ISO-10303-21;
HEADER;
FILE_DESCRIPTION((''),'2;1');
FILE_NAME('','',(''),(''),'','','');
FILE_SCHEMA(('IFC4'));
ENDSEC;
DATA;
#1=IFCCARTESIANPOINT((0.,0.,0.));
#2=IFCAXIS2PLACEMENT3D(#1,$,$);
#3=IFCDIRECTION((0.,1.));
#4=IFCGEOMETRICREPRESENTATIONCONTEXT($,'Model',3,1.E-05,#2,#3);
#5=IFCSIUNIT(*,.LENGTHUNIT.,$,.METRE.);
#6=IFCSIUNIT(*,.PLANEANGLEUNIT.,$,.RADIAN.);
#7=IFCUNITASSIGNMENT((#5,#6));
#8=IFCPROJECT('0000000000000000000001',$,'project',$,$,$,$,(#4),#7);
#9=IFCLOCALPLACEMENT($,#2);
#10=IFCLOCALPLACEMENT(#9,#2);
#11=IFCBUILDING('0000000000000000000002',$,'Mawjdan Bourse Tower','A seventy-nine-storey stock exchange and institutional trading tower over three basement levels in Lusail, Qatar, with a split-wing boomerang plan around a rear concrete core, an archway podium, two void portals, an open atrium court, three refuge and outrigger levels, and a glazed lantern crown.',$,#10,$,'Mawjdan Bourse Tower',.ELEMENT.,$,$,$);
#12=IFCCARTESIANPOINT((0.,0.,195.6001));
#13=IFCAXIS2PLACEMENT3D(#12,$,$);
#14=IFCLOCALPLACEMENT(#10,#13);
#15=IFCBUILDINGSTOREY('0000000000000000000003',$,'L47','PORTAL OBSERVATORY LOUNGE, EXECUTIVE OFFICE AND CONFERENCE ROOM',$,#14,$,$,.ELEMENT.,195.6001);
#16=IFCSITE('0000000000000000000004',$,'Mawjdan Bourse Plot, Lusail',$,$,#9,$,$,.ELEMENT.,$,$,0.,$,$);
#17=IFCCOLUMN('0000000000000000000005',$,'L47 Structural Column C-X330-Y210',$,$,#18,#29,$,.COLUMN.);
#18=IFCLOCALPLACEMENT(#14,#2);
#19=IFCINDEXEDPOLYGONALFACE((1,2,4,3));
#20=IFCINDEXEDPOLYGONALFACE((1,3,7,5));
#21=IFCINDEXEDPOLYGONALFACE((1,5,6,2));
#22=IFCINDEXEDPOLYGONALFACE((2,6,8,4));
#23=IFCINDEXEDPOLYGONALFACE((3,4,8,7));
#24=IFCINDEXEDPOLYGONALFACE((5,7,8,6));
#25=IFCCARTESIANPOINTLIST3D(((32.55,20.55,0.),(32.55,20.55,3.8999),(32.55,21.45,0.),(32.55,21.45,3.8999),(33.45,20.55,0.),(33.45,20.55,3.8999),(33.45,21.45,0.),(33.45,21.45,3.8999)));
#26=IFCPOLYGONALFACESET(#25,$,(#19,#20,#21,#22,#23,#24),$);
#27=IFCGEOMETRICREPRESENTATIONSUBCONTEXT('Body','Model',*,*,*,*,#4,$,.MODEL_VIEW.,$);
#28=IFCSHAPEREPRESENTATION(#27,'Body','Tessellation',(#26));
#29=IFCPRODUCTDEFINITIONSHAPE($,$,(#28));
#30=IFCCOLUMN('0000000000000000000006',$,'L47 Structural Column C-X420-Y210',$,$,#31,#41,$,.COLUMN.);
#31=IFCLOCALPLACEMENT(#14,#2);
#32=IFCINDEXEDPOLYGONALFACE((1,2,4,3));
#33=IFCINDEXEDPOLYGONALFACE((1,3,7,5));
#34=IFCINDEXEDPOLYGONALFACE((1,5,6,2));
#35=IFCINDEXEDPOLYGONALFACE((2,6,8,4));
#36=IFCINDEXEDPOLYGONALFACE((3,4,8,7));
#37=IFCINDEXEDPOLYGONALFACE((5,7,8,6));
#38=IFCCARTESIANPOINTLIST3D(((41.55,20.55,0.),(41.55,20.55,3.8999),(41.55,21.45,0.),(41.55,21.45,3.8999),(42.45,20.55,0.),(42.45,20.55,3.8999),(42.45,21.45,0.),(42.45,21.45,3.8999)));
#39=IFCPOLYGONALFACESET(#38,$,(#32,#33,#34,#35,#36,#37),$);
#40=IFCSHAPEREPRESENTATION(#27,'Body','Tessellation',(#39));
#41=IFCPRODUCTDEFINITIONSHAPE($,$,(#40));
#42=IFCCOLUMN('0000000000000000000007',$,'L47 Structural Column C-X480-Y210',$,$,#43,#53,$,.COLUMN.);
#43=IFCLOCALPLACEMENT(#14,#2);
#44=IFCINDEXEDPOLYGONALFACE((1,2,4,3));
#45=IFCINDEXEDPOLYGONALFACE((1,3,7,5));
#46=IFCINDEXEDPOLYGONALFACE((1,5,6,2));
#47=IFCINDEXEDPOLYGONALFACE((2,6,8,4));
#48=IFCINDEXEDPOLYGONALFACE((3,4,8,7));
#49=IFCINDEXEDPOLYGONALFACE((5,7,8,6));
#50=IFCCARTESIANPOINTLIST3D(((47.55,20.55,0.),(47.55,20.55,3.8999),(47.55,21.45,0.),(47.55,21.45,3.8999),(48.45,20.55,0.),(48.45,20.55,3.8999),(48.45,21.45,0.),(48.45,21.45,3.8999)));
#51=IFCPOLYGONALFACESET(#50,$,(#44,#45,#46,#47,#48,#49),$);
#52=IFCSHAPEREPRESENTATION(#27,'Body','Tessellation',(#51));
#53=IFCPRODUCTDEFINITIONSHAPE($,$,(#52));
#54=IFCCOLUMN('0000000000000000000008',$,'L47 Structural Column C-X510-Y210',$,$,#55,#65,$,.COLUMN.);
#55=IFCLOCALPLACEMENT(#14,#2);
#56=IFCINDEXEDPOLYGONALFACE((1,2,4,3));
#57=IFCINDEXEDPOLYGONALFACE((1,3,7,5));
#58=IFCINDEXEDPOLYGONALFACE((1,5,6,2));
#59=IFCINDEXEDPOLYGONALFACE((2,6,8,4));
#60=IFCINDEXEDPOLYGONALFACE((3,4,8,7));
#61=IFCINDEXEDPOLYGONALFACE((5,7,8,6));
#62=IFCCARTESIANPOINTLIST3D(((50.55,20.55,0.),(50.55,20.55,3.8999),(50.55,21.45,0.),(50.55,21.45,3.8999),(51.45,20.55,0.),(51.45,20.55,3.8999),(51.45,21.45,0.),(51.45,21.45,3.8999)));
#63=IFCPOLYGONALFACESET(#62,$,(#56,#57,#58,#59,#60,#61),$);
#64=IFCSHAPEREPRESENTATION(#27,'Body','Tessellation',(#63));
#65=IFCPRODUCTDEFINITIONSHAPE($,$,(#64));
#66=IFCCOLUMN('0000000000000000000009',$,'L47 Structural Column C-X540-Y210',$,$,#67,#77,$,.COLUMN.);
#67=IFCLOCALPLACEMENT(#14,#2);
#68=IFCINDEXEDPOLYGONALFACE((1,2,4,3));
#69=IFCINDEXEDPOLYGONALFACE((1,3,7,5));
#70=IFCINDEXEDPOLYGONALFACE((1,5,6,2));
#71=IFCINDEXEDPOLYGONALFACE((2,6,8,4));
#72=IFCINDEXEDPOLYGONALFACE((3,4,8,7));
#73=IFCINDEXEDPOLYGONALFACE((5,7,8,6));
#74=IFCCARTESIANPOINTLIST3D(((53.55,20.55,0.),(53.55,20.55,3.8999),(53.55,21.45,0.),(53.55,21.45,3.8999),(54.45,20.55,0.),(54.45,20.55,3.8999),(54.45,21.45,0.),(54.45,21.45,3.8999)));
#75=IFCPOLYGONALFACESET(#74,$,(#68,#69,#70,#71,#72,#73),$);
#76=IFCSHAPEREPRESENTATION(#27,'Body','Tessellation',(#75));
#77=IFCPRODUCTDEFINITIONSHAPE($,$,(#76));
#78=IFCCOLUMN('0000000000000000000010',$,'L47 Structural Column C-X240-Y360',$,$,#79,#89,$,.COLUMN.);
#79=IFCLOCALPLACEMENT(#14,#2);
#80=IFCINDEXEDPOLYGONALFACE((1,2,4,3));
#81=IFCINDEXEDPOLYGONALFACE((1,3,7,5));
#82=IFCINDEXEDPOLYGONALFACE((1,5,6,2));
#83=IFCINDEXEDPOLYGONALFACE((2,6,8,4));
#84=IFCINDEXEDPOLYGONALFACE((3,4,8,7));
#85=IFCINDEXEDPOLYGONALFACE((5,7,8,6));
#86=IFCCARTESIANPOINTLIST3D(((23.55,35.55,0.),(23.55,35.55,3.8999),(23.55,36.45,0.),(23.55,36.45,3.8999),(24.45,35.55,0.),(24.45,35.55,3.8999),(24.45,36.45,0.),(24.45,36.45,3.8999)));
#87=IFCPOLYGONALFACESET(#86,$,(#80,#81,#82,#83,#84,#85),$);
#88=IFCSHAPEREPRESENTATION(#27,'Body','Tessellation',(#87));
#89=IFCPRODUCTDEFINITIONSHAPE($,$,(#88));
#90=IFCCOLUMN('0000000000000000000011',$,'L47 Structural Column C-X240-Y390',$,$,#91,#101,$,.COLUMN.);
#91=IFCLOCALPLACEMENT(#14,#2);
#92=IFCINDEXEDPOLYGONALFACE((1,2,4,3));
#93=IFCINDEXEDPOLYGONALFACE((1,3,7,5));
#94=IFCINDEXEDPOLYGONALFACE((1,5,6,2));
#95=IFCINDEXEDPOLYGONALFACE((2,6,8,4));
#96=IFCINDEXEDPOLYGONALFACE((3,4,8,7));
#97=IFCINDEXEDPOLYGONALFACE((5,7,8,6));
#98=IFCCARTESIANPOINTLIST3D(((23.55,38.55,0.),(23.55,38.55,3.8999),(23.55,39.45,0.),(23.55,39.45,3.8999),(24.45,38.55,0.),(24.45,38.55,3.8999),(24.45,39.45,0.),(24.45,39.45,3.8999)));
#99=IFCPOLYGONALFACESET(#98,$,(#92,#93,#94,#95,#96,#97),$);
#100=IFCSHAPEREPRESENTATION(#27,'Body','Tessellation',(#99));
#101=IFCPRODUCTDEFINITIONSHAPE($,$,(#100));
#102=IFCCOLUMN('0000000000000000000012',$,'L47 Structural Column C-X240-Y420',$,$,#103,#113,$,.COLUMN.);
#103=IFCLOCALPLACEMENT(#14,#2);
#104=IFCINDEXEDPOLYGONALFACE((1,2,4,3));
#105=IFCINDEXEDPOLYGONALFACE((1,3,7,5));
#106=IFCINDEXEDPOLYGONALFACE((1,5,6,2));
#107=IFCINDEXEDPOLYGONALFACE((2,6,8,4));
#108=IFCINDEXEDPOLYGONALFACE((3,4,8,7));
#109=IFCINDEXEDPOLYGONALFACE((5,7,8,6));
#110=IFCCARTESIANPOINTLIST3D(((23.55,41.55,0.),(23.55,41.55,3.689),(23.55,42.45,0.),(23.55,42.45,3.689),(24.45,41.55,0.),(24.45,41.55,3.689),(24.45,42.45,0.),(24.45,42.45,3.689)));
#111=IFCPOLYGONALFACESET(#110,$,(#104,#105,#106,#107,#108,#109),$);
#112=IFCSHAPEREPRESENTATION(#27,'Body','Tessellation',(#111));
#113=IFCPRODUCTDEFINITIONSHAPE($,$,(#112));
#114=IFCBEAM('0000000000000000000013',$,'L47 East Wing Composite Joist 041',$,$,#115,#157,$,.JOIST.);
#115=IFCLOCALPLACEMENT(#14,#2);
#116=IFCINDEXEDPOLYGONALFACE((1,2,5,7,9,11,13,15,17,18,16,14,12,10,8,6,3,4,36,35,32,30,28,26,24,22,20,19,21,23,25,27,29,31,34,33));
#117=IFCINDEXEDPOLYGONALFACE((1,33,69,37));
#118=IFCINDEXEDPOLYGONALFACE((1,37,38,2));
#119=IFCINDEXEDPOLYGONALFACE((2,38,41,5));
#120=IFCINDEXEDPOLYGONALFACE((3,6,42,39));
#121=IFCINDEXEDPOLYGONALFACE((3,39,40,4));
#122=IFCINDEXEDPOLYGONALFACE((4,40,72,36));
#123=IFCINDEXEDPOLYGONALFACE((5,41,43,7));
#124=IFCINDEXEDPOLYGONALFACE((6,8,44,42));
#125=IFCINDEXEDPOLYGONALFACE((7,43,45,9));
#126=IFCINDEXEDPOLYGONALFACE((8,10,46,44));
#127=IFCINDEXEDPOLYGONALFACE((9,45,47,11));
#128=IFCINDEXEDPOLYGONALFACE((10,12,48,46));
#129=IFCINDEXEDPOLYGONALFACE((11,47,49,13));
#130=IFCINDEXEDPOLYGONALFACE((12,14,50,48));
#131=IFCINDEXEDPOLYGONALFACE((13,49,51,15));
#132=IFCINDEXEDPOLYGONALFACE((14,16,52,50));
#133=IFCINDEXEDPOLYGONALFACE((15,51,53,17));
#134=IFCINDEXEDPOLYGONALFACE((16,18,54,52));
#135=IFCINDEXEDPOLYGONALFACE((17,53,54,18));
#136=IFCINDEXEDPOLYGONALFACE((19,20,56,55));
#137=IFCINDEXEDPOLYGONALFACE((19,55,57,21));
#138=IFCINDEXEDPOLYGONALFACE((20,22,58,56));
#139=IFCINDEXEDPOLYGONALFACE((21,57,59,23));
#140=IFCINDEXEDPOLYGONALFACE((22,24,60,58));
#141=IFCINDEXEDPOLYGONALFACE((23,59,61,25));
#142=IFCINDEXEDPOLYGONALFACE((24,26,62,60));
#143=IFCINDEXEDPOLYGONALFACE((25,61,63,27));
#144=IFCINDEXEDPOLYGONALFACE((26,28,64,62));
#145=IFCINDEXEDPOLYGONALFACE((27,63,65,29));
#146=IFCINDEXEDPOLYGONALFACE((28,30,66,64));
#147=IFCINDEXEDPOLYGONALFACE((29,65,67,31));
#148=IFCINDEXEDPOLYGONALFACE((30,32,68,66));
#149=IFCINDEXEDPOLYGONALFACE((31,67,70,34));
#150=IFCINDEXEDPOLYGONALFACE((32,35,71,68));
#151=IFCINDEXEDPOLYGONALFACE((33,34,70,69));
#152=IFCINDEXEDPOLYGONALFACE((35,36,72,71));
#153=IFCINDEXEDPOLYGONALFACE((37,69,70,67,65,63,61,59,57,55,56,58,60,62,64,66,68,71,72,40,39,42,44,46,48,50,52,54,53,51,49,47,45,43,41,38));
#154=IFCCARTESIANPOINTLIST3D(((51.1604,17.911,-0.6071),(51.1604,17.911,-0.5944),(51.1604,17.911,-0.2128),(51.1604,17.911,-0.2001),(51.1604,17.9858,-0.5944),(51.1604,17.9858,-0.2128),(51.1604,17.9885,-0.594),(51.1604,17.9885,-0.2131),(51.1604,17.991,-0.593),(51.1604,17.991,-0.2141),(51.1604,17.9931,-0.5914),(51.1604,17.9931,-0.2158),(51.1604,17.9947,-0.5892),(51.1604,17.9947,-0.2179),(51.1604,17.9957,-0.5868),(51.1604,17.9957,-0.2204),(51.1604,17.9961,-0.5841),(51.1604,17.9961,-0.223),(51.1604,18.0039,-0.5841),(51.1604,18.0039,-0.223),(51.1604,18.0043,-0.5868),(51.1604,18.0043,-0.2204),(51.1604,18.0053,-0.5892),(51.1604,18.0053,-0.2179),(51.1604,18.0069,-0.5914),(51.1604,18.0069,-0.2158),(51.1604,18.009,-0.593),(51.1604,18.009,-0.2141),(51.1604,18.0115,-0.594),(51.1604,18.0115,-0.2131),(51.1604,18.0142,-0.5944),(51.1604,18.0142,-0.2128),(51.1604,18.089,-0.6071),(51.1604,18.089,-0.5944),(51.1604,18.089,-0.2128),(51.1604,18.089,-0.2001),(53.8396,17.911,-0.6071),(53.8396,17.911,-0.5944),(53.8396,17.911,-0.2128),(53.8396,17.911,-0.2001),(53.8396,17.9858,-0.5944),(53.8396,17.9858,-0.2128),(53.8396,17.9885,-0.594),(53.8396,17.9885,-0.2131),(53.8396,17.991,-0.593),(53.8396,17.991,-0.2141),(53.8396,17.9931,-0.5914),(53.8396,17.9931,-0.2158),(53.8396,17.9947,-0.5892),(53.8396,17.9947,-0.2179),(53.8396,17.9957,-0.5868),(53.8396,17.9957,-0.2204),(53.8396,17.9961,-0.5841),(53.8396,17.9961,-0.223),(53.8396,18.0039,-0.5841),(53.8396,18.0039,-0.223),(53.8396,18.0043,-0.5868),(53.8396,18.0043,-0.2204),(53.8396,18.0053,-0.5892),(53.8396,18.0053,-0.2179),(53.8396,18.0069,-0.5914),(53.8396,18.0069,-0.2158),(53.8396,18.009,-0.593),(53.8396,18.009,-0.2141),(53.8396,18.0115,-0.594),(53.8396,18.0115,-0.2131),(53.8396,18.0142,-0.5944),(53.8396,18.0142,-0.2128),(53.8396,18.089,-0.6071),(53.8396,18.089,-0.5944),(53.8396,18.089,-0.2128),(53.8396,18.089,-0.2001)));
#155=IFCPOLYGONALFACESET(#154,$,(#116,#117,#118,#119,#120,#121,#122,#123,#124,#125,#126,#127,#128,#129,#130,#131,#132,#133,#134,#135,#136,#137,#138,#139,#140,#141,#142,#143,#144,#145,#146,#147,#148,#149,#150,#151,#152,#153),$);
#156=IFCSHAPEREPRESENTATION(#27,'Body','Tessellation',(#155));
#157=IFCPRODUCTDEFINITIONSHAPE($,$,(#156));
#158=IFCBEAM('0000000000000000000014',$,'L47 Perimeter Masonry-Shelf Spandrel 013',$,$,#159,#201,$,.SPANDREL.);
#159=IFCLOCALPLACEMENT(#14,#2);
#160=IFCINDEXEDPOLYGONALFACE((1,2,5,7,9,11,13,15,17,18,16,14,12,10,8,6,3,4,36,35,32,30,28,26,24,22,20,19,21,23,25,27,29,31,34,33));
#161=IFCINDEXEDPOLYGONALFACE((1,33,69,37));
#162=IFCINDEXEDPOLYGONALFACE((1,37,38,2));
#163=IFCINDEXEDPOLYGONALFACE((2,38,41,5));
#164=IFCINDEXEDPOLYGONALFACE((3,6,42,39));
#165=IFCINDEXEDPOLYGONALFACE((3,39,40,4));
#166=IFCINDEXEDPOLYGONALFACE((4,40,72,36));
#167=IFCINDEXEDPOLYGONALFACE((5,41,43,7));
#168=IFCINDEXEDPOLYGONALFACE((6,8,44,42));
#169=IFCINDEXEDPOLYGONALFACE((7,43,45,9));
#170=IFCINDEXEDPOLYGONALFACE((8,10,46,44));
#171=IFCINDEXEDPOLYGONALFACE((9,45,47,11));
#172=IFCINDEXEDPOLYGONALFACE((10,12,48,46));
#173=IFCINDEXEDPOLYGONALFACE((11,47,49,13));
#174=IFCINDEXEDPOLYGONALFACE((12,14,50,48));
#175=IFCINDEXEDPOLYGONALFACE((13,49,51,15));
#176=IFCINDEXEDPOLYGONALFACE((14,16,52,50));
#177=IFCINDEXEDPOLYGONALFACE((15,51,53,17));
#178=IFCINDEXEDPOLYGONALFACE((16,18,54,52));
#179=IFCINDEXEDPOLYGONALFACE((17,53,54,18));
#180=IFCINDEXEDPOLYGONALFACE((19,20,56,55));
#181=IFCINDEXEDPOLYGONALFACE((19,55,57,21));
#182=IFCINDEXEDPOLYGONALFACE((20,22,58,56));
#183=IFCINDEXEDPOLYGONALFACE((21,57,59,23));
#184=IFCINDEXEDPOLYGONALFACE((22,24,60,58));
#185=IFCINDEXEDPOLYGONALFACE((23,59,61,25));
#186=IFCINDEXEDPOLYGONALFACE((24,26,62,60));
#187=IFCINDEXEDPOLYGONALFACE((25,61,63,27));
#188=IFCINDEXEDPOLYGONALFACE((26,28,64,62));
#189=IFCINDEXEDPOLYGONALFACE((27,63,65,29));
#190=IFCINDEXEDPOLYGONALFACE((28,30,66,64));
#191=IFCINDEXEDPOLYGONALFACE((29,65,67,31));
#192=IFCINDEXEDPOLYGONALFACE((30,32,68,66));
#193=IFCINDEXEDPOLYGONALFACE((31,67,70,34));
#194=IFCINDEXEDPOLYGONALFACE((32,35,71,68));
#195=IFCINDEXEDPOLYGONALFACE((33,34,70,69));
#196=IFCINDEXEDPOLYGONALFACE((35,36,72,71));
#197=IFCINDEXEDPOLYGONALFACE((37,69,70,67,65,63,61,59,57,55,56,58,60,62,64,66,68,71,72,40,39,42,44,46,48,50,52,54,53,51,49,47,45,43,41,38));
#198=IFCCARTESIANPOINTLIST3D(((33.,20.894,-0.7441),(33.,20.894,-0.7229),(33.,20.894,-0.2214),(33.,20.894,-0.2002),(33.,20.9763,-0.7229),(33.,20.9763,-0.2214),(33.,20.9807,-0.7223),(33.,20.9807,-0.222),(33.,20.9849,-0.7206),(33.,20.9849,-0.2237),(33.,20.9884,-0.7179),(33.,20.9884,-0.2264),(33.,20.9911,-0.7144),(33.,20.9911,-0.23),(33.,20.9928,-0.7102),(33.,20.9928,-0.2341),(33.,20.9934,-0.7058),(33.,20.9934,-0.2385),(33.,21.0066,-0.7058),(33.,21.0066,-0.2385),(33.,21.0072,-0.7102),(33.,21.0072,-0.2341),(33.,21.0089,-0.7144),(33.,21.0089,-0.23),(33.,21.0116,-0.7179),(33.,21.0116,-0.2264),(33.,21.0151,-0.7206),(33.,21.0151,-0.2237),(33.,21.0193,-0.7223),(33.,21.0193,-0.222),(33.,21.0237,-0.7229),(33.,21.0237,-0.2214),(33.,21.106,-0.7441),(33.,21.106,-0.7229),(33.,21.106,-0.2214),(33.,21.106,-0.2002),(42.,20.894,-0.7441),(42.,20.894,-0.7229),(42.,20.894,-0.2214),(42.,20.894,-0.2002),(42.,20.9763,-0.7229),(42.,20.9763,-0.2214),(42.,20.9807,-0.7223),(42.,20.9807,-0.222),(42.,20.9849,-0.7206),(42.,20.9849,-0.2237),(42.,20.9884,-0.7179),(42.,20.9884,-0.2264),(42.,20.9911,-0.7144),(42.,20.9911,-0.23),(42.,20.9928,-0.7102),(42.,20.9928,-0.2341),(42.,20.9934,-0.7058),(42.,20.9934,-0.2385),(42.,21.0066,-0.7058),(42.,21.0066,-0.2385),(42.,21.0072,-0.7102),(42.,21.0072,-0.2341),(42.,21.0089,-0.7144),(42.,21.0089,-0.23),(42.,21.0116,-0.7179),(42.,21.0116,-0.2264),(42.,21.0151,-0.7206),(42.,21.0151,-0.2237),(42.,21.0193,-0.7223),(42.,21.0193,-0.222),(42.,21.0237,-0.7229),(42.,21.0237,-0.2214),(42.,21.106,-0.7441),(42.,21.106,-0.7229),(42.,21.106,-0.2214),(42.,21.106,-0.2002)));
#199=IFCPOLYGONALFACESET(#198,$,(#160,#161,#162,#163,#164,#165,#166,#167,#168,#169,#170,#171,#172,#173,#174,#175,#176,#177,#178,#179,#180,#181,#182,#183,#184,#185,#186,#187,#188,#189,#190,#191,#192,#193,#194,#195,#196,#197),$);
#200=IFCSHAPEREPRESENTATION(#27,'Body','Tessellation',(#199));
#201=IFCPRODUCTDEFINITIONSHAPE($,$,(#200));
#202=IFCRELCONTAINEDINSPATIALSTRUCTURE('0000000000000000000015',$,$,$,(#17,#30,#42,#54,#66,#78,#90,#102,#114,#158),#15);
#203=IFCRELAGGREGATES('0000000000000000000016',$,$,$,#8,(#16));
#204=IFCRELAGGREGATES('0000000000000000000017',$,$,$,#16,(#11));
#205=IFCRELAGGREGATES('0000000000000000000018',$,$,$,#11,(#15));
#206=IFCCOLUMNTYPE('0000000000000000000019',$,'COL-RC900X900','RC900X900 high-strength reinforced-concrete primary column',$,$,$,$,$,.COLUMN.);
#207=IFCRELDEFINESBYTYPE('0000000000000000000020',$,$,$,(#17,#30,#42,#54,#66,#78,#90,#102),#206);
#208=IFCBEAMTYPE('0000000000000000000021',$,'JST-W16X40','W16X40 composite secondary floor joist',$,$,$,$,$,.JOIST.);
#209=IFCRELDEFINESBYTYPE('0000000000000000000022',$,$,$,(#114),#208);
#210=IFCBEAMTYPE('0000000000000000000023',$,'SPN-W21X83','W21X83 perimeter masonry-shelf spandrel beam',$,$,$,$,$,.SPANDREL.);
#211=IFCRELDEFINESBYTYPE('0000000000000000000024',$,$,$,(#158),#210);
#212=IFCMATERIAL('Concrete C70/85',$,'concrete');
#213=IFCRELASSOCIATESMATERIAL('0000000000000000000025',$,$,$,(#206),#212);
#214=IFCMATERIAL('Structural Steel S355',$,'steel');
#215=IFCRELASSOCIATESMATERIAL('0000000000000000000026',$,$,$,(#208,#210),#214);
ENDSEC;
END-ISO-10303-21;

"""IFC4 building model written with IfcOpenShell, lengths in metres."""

from ifc_helpers import new_model, si_unit, direction, frame, origin, origin_2d, place, context, subcontext, project, spatial, rectangle, i_section, extrude, material, material_profile, profile_set, type_object, element, save


model = new_model("IFC4")

# Units and contexts
model_context = context("Model", 3, precision=1e-05, world=origin(), true_north=direction((0.0, 1.0)))
body_context = subcontext(model_context, "Body", "Model", "MODEL_VIEW")
ifc_project = project(units=[si_unit("LENGTHUNIT", "METRE"), si_unit("PLANEANGLEUNIT", "RADIAN")], contexts=[model_context])

# Site, building, storey
site_placement = place(None, origin())
site = spatial("IfcSite", under=ifc_project, at=site_placement, Name="Mawjdan Bourse Plot, Lusail", CompositionType="ELEMENT", RefElevation=0.0)
building_placement = place(site_placement, origin())
building = spatial("IfcBuilding", under=site, at=building_placement, Name="Mawjdan Bourse Tower", Description="A seventy-nine-storey stock exchange and institutional trading tower over three basement levels in Lusail, Qatar, with a split-wing boomerang plan around a rear concrete core, an archway podium, two void portals, an open atrium court, three refuge and outrigger levels, and a glazed lantern crown.", LongName="Mawjdan Bourse Tower", CompositionType="ELEMENT")
storey_placement = place(building_placement, frame((0.0, 0.0, 195.6001)))
storey = spatial("IfcBuildingStorey", under=building, at=storey_placement, Name="L47", Description="PORTAL OBSERVATORY LOUNGE, EXECUTIVE OFFICE AND CONFERENCE ROOM", CompositionType="ELEMENT", Elevation=195.6001)

# Columns
ifc_material_1 = material(Name="Concrete C70/85", Category="concrete")
ifc_material_profile_1 = material_profile(ifc_material_1, rectangle(XDim=0.8999, YDim=0.8999, at=origin_2d()), Name="RC900X900")
ifc_profile_set_1 = profile_set([ifc_material_profile_1], Name="Concrete C70/85")
column_type = type_object("IfcColumnType", Name="COL-RC900X900", Description="RC900X900 high-strength reinforced-concrete primary column", PredefinedType="COLUMN", material=ifc_profile_set_1)
for number, where, z_axis, x_axis, name in (
    (1, (33.0, 21.0, 0.0), (0.0, 0.0, 1.0), (1.0, 0.0, 0.0), "L47 Structural Column C-X330-Y210"),
    (2, (42.0, 21.0, 0.0), (0.0, 0.0, 1.0), (1.0, 0.0, 0.0), "L47 Structural Column C-X420-Y210"),
    (3, (48.0, 21.0, 0.0), (0.0, 0.0, 1.0), (1.0, 0.0, 0.0), "L47 Structural Column C-X480-Y210"),
    (4, (51.0, 21.0, 0.0), (0.0, 0.0, 1.0), (1.0, 0.0, 0.0), "L47 Structural Column C-X510-Y210"),
    (5, (54.0, 21.0, 0.0), (0.0, 0.0, 1.0), (1.0, 0.0, 0.0), "L47 Structural Column C-X540-Y210"),
    (6, (24.0, 36.0, 0.0), (0.0, 0.0, 1.0), (1.0, 0.0, 0.0), "L47 Structural Column C-X240-Y360"),
    (7, (24.0, 39.0, 0.0), (0.0, 0.0, 1.0), (1.0, 0.0, 0.0), "L47 Structural Column C-X240-Y390"),
):
    element("IfcColumn", number, at=place(storey_placement, frame(where, z_axis=z_axis, x_axis=x_axis)), inside=storey, type_object=column_type, Name=name, PredefinedType="COLUMN", context=body_context, shape_type="SweptSolid", body=[
        extrude(rectangle(XDim=0.8999, YDim=0.8999, at=origin_2d()), origin(), (0.0, 0.0, 1.0), 3.8999),
    ])
column_placement = place(storey_placement, frame((24.0, 42.0, 0.0), z_axis=(0.0, 0.0, 1.0), x_axis=(1.0, 0.0, 0.0)))
element("IfcColumn", 8, at=column_placement, inside=storey, type_object=column_type, Name="L47 Structural Column C-X240-Y420", PredefinedType="COLUMN", context=body_context, shape_type="SweptSolid", body=[
    extrude(rectangle(XDim=0.8999, YDim=0.8999, at=origin_2d()), origin(), (0.0, 0.0, 1.0), 3.689),
])

# Beams
ifc_material_2 = material(Name="Structural Steel S355", Category="steel")
ifc_material_profile_2 = material_profile(ifc_material_2, i_section(OverallWidth=0.178, OverallDepth=0.407, WebThickness=0.0078, FlangeThickness=0.0127, FilletRadius=0.0103, at=origin_2d()), Name="W16X40")
ifc_profile_set_2 = profile_set([ifc_material_profile_2], Name="Structural Steel S355")
beam_type_1 = type_object("IfcBeamType", Name="JST-W16X40", Description="W16X40 composite secondary floor joist", PredefinedType="JOIST", material=ifc_profile_set_2)
beam_1_placement = place(storey_placement, frame((51.1604, 18.0, -0.4036), z_axis=(1.0, 0.0, 0.0), x_axis=(0.0, 1.0, 0.0)))
element("IfcBeam", 9, at=beam_1_placement, inside=storey, type_object=beam_type_1, Name="L47 East Wing Composite Joist 041", PredefinedType="JOIST", context=body_context, shape_type="SweptSolid", body=[
    extrude(i_section(OverallWidth=0.178, OverallDepth=0.407, WebThickness=0.0078, FlangeThickness=0.0127, FilletRadius=0.0103, at=origin_2d()), origin(), (0.0, 0.0, 1.0), 2.6792),
])
ifc_material_profile_3 = material_profile(ifc_material_2, i_section(OverallWidth=0.2119, OverallDepth=0.5439, WebThickness=0.0132, FlangeThickness=0.0212, FilletRadius=0.0171, at=origin_2d()), Name="W21X83")
ifc_profile_set_3 = profile_set([ifc_material_profile_3], Name="Structural Steel S355")
beam_type_2 = type_object("IfcBeamType", Name="SPN-W21X83", Description="W21X83 perimeter masonry-shelf spandrel beam", PredefinedType="SPANDREL", material=ifc_profile_set_3)
beam_2_placement = place(storey_placement, frame((33.0, 21.0, -0.4722), z_axis=(1.0, 0.0, 0.0), x_axis=(0.0, 1.0, 0.0)))
element("IfcBeam", 10, at=beam_2_placement, inside=storey, type_object=beam_type_2, Name="L47 Perimeter Masonry-Shelf Spandrel 013", PredefinedType="SPANDREL", context=body_context, shape_type="SweptSolid", body=[
    extrude(i_section(OverallWidth=0.2119, OverallDepth=0.5439, WebThickness=0.0132, FlangeThickness=0.0212, FilletRadius=0.0171, at=origin_2d()), origin(), (0.0, 0.0, 1.0), 9.0),
])

save(model, "model.ifc")
